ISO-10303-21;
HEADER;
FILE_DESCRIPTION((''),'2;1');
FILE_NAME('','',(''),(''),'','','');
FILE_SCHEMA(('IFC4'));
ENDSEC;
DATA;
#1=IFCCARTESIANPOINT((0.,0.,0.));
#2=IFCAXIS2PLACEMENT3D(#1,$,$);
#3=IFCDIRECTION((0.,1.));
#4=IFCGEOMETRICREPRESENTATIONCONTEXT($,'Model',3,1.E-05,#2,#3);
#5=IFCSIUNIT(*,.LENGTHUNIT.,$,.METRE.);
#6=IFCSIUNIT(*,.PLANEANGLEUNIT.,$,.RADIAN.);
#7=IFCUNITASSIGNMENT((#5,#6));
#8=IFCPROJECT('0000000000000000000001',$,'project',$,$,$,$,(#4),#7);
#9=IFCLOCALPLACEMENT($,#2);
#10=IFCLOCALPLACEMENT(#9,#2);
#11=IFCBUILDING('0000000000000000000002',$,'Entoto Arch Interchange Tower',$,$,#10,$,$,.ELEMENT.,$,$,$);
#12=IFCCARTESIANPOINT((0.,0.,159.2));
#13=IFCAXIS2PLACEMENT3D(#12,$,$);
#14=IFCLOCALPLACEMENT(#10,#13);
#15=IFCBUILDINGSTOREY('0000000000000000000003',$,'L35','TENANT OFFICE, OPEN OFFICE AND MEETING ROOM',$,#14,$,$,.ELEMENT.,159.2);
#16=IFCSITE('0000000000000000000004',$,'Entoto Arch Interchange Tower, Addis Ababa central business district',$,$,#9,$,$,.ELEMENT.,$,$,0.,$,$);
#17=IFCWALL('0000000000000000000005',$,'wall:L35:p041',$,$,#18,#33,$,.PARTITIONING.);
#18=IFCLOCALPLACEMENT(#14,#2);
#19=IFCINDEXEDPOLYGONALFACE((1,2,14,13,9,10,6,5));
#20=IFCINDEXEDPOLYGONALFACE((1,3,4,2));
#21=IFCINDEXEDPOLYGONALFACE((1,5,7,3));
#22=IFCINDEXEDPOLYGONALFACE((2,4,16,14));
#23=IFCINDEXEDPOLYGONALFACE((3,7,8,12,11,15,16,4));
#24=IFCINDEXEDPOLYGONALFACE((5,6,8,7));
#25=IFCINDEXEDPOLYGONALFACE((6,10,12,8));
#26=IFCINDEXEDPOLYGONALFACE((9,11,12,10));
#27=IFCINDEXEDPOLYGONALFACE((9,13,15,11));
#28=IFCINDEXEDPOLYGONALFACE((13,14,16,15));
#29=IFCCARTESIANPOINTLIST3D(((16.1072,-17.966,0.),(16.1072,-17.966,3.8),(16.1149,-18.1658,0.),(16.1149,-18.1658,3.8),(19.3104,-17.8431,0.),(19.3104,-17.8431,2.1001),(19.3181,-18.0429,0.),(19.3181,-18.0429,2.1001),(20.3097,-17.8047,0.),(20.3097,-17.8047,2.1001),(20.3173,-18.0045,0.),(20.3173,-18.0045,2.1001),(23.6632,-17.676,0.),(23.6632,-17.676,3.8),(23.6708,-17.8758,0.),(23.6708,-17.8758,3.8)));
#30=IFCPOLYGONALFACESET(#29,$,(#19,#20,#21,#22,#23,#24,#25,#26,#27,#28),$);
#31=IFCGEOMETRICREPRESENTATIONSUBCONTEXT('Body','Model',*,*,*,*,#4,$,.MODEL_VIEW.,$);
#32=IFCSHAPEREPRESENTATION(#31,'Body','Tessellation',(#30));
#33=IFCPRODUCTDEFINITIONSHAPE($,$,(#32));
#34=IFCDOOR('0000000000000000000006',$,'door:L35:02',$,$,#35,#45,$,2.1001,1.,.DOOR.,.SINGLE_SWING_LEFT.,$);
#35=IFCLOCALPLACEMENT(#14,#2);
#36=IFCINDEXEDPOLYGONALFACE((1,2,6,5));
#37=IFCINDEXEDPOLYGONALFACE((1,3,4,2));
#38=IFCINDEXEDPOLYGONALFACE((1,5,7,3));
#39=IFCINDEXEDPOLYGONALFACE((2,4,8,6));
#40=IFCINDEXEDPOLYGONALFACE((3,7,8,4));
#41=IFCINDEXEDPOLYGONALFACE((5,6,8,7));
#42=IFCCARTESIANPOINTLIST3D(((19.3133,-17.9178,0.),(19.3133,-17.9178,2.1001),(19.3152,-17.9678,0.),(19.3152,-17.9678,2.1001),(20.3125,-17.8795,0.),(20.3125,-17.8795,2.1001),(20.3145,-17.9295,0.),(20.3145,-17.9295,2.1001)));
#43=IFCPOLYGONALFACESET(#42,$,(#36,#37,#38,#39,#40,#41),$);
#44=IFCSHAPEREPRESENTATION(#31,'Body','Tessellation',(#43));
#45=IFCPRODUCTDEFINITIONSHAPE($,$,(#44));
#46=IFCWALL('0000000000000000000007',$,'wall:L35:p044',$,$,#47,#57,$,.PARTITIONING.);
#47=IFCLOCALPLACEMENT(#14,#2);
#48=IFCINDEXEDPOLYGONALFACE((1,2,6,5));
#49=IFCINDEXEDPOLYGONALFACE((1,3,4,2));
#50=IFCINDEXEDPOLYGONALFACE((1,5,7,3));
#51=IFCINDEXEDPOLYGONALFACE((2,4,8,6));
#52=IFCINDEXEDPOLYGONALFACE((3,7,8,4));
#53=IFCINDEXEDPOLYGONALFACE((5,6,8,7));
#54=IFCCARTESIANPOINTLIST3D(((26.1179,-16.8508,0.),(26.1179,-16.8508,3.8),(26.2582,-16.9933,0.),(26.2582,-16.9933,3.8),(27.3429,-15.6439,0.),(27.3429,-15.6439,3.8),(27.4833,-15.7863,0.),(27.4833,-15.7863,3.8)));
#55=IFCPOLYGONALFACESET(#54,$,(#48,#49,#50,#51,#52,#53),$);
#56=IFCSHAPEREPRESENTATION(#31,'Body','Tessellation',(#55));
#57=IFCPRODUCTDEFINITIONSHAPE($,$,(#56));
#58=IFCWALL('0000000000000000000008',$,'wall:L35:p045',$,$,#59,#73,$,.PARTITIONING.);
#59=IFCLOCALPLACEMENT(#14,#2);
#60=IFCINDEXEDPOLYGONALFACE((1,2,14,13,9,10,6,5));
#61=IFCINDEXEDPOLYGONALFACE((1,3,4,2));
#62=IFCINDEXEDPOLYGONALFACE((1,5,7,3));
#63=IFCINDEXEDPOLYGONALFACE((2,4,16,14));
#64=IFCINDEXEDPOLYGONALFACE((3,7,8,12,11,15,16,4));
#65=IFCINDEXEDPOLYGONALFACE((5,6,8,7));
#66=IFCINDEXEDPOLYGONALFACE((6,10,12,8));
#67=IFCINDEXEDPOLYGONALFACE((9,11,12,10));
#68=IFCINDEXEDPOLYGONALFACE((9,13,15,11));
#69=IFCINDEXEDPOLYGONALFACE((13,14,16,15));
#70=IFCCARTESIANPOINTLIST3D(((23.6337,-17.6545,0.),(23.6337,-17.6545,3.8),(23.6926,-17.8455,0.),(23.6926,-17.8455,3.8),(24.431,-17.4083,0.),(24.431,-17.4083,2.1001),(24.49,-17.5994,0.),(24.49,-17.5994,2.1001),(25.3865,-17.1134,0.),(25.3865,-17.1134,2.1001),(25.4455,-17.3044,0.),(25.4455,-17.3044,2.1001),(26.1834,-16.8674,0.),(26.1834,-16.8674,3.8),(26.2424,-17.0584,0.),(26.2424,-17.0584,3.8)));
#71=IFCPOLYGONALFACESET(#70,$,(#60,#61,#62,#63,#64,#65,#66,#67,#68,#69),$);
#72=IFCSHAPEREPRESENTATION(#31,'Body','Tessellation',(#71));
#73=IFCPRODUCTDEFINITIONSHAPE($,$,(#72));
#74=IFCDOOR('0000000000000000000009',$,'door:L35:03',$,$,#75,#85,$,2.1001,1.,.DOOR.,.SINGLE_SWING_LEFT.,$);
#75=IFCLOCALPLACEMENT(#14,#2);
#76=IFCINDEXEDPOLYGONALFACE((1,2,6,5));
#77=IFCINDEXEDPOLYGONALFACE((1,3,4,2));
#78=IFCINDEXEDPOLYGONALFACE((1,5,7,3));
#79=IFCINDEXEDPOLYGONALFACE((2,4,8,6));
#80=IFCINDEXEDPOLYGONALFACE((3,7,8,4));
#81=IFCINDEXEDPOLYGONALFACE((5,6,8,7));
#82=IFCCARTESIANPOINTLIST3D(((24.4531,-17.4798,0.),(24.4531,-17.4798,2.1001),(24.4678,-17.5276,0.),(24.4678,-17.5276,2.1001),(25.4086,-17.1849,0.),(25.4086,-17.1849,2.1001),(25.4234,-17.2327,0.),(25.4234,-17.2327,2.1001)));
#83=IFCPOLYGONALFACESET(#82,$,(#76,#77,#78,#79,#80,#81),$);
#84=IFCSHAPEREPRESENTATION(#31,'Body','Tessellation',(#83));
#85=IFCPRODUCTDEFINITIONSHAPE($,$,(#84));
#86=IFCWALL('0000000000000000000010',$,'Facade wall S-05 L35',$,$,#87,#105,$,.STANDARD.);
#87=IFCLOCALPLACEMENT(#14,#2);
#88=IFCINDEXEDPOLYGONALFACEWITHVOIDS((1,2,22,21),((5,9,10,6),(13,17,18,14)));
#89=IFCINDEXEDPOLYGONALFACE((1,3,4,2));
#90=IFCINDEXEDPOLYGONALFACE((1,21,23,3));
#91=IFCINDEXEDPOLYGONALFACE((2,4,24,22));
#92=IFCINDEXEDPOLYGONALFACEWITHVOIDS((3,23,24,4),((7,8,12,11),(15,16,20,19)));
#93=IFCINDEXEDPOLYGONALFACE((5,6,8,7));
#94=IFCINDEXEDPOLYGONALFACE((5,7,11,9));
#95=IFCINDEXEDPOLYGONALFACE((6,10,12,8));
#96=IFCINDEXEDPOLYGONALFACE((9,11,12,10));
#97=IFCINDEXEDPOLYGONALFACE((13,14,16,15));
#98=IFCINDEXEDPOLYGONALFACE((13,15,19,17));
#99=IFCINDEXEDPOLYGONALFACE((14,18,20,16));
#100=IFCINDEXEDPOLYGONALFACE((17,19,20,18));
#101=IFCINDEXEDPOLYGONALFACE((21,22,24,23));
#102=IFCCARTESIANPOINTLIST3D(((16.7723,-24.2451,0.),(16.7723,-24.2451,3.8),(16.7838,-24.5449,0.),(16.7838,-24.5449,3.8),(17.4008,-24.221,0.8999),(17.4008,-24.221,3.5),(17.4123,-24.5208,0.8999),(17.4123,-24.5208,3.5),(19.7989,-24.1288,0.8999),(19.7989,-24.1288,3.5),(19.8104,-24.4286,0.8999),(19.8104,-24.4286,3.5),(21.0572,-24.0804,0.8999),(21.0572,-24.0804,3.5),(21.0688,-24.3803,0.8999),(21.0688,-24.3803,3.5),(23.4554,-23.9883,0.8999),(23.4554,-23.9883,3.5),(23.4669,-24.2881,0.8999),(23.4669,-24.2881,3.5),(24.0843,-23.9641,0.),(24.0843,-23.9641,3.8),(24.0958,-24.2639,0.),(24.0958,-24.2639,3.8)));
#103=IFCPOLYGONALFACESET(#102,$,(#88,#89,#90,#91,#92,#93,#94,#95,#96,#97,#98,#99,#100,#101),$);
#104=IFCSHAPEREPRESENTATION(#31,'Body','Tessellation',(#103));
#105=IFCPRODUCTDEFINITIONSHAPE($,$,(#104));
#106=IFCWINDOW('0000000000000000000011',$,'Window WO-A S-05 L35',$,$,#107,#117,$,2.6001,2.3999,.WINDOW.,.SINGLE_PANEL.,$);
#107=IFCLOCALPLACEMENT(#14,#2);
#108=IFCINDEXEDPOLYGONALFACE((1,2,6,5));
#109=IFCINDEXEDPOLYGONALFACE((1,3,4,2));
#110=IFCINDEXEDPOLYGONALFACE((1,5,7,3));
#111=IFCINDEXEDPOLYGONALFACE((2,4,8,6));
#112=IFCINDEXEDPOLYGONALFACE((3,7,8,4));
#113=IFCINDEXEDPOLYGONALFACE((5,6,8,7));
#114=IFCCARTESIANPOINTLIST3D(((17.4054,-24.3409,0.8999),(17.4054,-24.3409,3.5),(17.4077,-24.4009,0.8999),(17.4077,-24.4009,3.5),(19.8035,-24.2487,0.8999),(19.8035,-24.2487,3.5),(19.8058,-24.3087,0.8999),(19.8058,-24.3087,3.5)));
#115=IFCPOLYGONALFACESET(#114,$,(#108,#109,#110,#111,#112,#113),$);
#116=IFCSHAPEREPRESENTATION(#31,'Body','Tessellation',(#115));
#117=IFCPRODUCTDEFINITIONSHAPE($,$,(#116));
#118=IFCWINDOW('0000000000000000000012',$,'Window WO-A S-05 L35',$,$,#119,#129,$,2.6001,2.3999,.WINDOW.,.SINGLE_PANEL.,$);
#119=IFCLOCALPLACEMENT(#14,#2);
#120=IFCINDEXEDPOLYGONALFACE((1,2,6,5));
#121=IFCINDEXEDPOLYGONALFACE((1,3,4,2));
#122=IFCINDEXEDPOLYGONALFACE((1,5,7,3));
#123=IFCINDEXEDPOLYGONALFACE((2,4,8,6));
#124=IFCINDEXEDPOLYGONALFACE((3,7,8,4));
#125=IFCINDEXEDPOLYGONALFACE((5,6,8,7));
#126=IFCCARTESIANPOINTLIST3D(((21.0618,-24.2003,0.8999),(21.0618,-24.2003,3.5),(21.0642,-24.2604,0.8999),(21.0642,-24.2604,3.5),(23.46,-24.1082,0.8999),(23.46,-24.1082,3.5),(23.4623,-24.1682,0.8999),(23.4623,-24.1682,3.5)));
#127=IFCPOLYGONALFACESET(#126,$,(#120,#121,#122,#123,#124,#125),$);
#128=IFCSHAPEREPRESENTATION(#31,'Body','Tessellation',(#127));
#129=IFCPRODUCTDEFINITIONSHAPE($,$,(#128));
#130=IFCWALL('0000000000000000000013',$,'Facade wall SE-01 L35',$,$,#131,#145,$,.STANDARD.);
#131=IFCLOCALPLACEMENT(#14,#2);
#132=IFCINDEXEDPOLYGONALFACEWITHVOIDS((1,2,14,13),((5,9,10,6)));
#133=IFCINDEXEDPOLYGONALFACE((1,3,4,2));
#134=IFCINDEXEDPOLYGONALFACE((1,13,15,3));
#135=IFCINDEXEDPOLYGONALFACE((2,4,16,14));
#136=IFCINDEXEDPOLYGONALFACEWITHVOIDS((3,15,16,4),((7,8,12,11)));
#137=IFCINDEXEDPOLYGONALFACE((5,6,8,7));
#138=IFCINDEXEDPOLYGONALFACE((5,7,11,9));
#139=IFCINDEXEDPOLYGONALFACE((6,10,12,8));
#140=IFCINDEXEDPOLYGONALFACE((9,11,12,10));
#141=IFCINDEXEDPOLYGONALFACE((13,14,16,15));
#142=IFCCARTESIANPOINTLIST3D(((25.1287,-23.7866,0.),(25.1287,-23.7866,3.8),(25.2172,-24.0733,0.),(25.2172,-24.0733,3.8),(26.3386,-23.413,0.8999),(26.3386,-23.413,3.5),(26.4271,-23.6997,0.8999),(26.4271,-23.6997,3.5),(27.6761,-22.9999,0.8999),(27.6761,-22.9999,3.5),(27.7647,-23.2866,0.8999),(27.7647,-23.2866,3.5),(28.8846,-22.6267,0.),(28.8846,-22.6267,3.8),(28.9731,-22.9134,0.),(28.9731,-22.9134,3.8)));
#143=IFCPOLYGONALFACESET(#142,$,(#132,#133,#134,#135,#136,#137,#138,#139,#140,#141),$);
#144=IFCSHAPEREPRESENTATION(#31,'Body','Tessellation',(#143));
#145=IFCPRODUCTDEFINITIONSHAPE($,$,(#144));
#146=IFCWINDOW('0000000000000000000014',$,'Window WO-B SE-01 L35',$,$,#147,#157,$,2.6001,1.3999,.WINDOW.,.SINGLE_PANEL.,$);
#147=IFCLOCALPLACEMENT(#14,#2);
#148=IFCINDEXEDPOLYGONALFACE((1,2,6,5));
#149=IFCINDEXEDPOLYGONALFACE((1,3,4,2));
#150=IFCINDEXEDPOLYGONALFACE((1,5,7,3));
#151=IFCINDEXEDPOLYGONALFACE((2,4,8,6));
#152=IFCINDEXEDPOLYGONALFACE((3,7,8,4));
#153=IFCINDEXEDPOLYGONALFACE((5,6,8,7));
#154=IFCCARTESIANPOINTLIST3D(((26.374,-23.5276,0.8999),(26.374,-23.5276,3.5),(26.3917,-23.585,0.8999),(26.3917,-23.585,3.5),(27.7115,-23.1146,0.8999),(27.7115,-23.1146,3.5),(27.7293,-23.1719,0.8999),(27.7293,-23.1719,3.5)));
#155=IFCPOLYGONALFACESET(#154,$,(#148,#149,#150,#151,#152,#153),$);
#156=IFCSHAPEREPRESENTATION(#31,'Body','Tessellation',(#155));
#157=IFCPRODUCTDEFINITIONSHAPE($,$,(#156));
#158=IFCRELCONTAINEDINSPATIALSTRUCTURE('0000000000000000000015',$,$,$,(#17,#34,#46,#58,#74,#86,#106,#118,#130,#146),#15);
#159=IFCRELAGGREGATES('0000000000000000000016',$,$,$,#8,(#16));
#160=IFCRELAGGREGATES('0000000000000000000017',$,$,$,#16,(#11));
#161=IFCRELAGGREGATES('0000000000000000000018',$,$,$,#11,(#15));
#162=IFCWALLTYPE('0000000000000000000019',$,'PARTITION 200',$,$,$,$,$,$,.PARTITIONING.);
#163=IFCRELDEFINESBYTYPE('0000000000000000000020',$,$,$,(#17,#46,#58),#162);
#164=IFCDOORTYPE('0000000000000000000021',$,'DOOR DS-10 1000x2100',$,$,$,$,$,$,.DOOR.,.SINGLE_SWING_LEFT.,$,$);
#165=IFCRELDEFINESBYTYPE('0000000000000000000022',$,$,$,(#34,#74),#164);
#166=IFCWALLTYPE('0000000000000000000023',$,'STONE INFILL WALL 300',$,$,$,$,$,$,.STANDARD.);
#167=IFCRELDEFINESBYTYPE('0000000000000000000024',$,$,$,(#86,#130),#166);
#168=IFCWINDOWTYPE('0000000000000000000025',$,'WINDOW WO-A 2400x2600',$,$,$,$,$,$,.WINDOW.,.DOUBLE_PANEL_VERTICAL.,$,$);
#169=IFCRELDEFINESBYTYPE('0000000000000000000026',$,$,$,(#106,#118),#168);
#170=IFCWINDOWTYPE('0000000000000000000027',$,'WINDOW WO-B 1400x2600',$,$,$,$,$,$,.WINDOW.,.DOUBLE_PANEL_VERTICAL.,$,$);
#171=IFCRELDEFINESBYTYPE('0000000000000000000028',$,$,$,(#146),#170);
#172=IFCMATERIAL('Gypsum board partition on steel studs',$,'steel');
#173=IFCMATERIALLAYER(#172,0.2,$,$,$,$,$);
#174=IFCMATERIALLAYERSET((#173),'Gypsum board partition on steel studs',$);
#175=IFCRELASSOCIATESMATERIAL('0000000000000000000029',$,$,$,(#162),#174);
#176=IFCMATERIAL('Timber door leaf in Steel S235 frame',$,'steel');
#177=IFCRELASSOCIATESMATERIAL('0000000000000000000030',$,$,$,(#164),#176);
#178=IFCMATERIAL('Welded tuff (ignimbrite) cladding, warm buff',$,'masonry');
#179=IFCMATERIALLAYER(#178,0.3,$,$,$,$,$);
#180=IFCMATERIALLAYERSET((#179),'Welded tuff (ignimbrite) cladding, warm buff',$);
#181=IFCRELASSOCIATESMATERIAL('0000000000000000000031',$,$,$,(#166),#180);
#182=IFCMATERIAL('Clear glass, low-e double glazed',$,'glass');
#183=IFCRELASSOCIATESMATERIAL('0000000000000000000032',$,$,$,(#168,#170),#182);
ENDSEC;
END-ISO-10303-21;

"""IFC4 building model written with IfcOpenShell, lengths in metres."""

from ifc_helpers import new_model, si_unit, direction, frame, frame_2d, origin, place, context, subcontext, project, spatial, rectangle, extrude, material, layer, layer_set, type_object, element, fill, save


model = new_model("IFC4")

# Units and contexts
model_context = context("Model", 3, precision=1e-05, world=origin(), true_north=direction((0.0, 1.0)))
body_context = subcontext(model_context, "Body", "Model", "MODEL_VIEW")
ifc_project = project(units=[si_unit("LENGTHUNIT", "METRE"), si_unit("PLANEANGLEUNIT", "RADIAN")], contexts=[model_context])

# Site, building, storey
site_placement = place(None, origin())
site = spatial("IfcSite", under=ifc_project, at=site_placement, Name="Entoto Arch Interchange Tower, Addis Ababa central business district", CompositionType="ELEMENT", RefElevation=0.0)
building_placement = place(site_placement, origin())
building = spatial("IfcBuilding", under=site, at=building_placement, Name="Entoto Arch Interchange Tower", CompositionType="ELEMENT")
storey_placement = place(building_placement, frame((0.0, 0.0, 159.2)))
storey = spatial("IfcBuildingStorey", under=building, at=storey_placement, Name="L35", Description="TENANT OFFICE, OPEN OFFICE AND MEETING ROOM", CompositionType="ELEMENT", Elevation=159.2)

# Shared definitions
ifc_material_1 = material(Name="Gypsum board partition on steel studs", Category="steel")
ifc_layer_1 = layer(ifc_material_1, 0.2)
ifc_layer_set_1 = layer_set([ifc_layer_1], Name="Gypsum board partition on steel studs")
wall_type_1 = type_object("IfcWallType", Name="PARTITION 200", PredefinedType="PARTITIONING", material=ifc_layer_set_1)

# Wall, opening, door
ifc_material_2 = material(Name="Timber door leaf in Steel S235 frame", Category="steel")
door_type = type_object("IfcDoorType", Name="DOOR DS-10 1000x2100", OperationType="SINGLE_SWING_LEFT", PredefinedType="DOOR", material=ifc_material_2)
wall_1_placement = place(storey_placement, frame((23.667, -17.7759, 0.0), z_axis=(0.0, 0.0, 1.0), x_axis=(-0.999264, -0.038357, 0.0)))
wall_1 = element("IfcWall", 1, at=wall_1_placement, inside=storey, type_object=wall_type_1, Name="wall:L35:p041", PredefinedType="PARTITIONING", context=body_context, shape_type="SweptSolid", body=[
    extrude(rectangle(XDim=7.5615, YDim=0.2, at=frame_2d((3.7808, 0.0))), origin(), (0.0, 0.0, 1.0), 3.8),
])
opening_1_placement = place(wall_1_placement, frame((3.356, 0.0, 0.0)))
opening_1 = element("IfcOpeningElement", 2, at=opening_1_placement, cuts=wall_1, PredefinedType="OPENING", context=body_context, shape_type="SweptSolid", body=[
    extrude(rectangle(XDim=1.0, YDim=2.1001, at=frame_2d((0.5, 1.05))), frame((0.0, 0.1099, 0.0), z_axis=(0.0, -1.0, 0.0), x_axis=(1.0, 0.0, 0.0)), (0.0, 0.0, 1.0), 0.22),
])
door_1_placement = place(opening_1_placement, origin())
door_1 = element("IfcDoor", 3, at=door_1_placement, inside=storey, type_object=door_type, Name="door:L35:02", OperationType="SINGLE_SWING_LEFT", OverallHeight=2.1001, OverallWidth=1.0, PredefinedType="DOOR", context=body_context, shape_type="SweptSolid", body=[
    extrude(rectangle(XDim=1.0, YDim=2.1001, at=frame_2d((0.5, 1.05))), frame((0.0, 0.0249, 0.0), z_axis=(0.0, -1.0, 0.0), x_axis=(1.0, 0.0, 0.0)), (0.0, 0.0, 1.0), 0.05),
])
fill(opening_1, door_1)

# Wall
wall_2_placement = place(storey_placement, frame((27.4131, -15.7151, 0.0), z_axis=(0.0, 0.0, 1.0), x_axis=(-0.71234, -0.701835, 0.0)))
element("IfcWall", 4, at=wall_2_placement, inside=storey, type_object=wall_type_1, Name="wall:L35:p044", PredefinedType="PARTITIONING", context=body_context, shape_type="SweptSolid", body=[
    extrude(rectangle(XDim=1.7197, YDim=0.2, at=frame_2d((0.8599, 0.0))), origin(), (0.0, 0.0, 1.0), 3.8),
])

# Wall, opening, door
wall_3_placement = place(storey_placement, frame((26.2129, -16.9629, 0.0), z_axis=(0.0, 0.0, 1.0), x_axis=(-0.95551, -0.29496, 0.0)))
wall_3 = element("IfcWall", 5, at=wall_3_placement, inside=storey, type_object=wall_type_1, Name="wall:L35:p045", PredefinedType="PARTITIONING", context=body_context, shape_type="SweptSolid", body=[
    extrude(rectangle(XDim=2.6685, YDim=0.2, at=frame_2d((1.3342, 0.0))), origin(), (0.0, 0.0, 1.0), 3.8),
])
opening_2_placement = place(wall_3_placement, frame((0.834, 0.0, 0.0)))
opening_2 = element("IfcOpeningElement", 6, at=opening_2_placement, cuts=wall_3, PredefinedType="OPENING", context=body_context, shape_type="SweptSolid", body=[
    extrude(rectangle(XDim=1.0, YDim=2.1001, at=frame_2d((0.5, 1.05))), frame((0.0, 0.1099, 0.0), z_axis=(0.0, -1.0, 0.0), x_axis=(1.0, 0.0, 0.0)), (0.0, 0.0, 1.0), 0.22),
])
door_2_placement = place(opening_2_placement, origin())
door_2 = element("IfcDoor", 7, at=door_2_placement, inside=storey, type_object=door_type, Name="door:L35:03", OperationType="SINGLE_SWING_LEFT", OverallHeight=2.1001, OverallWidth=1.0, PredefinedType="DOOR", context=body_context, shape_type="SweptSolid", body=[
    extrude(rectangle(XDim=1.0, YDim=2.1001, at=frame_2d((0.5, 1.05))), frame((0.0, 0.0249, 0.0), z_axis=(0.0, -1.0, 0.0), x_axis=(1.0, 0.0, 0.0)), (0.0, 0.0, 1.0), 0.05),
])
fill(opening_2, door_2)

# Wall, openings, windows
ifc_material_3 = material(Name="Welded tuff (ignimbrite) cladding, warm buff", Category="masonry")
ifc_layer_2 = layer(ifc_material_3, 0.3)
ifc_layer_set_2 = layer_set([ifc_layer_2], Name="Welded tuff (ignimbrite) cladding, warm buff")
wall_type_2 = type_object("IfcWallType", Name="STONE INFILL WALL 300", PredefinedType="STANDARD", material=ifc_layer_set_2)
wall_4_placement = place(storey_placement, frame((16.7781, -24.395, 0.0), z_axis=(0.0, 0.0, 1.0), x_axis=(0.999262, 0.038402, 0.0)))
wall_4 = element("IfcWall", 8, at=wall_4_placement, inside=storey, type_object=wall_type_2, Name="Facade wall S-05 L35", PredefinedType="STANDARD", context=body_context, shape_type="SweptSolid", body=[
    extrude(rectangle(XDim=7.3174, YDim=0.3, at=frame_2d((3.6587, 0.0))), origin(), (0.0, 0.0, 1.0), 3.8),
])
opening_3_placement = place(wall_4_placement, frame((0.6289, 0.0, 0.8999)))
opening_3 = element("IfcOpeningElement", 9, at=opening_3_placement, cuts=wall_4, PredefinedType="OPENING", context=body_context, shape_type="SweptSolid", body=[
    extrude(rectangle(XDim=2.3999, YDim=2.6001, at=frame_2d((1.2, 1.3))), frame((0.0, 0.1602, 0.0), z_axis=(0.0, -1.0, 0.0), x_axis=(1.0, 0.0, 0.0)), (0.0, 0.0, 1.0), 0.3201),
])
opening_4_placement = place(wall_4_placement, frame((4.2881, 0.0, 0.8999)))
opening_4 = element("IfcOpeningElement", 10, at=opening_4_placement, cuts=wall_4, PredefinedType="OPENING", context=body_context, shape_type="SweptSolid", body=[
    extrude(rectangle(XDim=2.3999, YDim=2.6001, at=frame_2d((1.2, 1.3))), frame((0.0, 0.1602, 0.0), z_axis=(0.0, -1.0, 0.0), x_axis=(1.0, 0.0, 0.0)), (0.0, 0.0, 1.0), 0.3201),
])
ifc_material_4 = material(Name="Clear glass, low-e double glazed", Category="glass")
window_type_1 = type_object("IfcWindowType", Name="WINDOW WO-A 2400x2600", PartitioningType="DOUBLE_PANEL_VERTICAL", PredefinedType="WINDOW", material=ifc_material_4)
window_1_placement = place(opening_3_placement, origin())
window_1 = element("IfcWindow", 11, at=window_1_placement, inside=storey, type_object=window_type_1, Name="Window WO-A S-05 L35", OverallHeight=2.6001, OverallWidth=2.3999, PartitioningType="SINGLE_PANEL", PredefinedType="WINDOW", context=body_context, shape_type="SweptSolid", body=[
    extrude(rectangle(XDim=2.3999, YDim=2.6001, at=frame_2d((1.2, 1.3))), frame((0.0, 0.03, 0.0), z_axis=(0.0, -1.0, 0.0), x_axis=(1.0, 0.0, 0.0)), (0.0, 0.0, 1.0), 0.0601),
])
fill(opening_3, window_1)
window_2_placement = place(opening_4_placement, origin())
window_2 = element("IfcWindow", 12, at=window_2_placement, inside=storey, type_object=window_type_1, Name="Window WO-A S-05 L35", OverallHeight=2.6001, OverallWidth=2.3999, PartitioningType="SINGLE_PANEL", PredefinedType="WINDOW", context=body_context, shape_type="SweptSolid", body=[
    extrude(rectangle(XDim=2.3999, YDim=2.6001, at=frame_2d((1.2, 1.3))), frame((0.0, 0.03, 0.0), z_axis=(0.0, -1.0, 0.0), x_axis=(1.0, 0.0, 0.0)), (0.0, 0.0, 1.0), 0.0601),
])
fill(opening_4, window_2)

# Wall, opening, window
wall_5_placement = place(storey_placement, frame((25.1731, -23.9299, 0.0), z_axis=(0.0, 0.0, 1.0), x_axis=(0.955474, 0.295076, 0.0)))
wall_5 = element("IfcWall", 13, at=wall_5_placement, inside=storey, type_object=wall_type_2, Name="Facade wall SE-01 L35", PredefinedType="STANDARD", context=body_context, shape_type="SweptSolid", body=[
    extrude(rectangle(XDim=3.9309, YDim=0.3, at=frame_2d((1.9653, 0.0))), origin(), (0.0, 0.0, 1.0), 3.8),
])
opening_5_placement = place(wall_5_placement, frame((1.2661, 0.0, 0.8999)))
opening_5 = element("IfcOpeningElement", 14, at=opening_5_placement, cuts=wall_5, PredefinedType="OPENING", context=body_context, shape_type="SweptSolid", body=[
    extrude(rectangle(XDim=1.3999, YDim=2.6001, at=frame_2d((0.7, 1.3))), frame((0.0, 0.1602, 0.0), z_axis=(0.0, -1.0, 0.0), x_axis=(1.0, 0.0, 0.0)), (0.0, 0.0, 1.0), 0.3201),
])
window_type_2 = type_object("IfcWindowType", Name="WINDOW WO-B 1400x2600", PartitioningType="DOUBLE_PANEL_VERTICAL", PredefinedType="WINDOW", material=ifc_material_4)
window_3_placement = place(opening_5_placement, origin())
window_3 = element("IfcWindow", 15, at=window_3_placement, inside=storey, type_object=window_type_2, Name="Window WO-B SE-01 L35", OverallHeight=2.6001, OverallWidth=1.3999, PartitioningType="SINGLE_PANEL", PredefinedType="WINDOW", context=body_context, shape_type="SweptSolid", body=[
    extrude(rectangle(XDim=1.3999, YDim=2.6001, at=frame_2d((0.7, 1.3))), frame((0.0, 0.03, 0.0), z_axis=(0.0, -1.0, 0.0), x_axis=(1.0, 0.0, 0.0)), (0.0, 0.0, 1.0), 0.0601),
])
fill(opening_5, window_3)

save(model, "model.ifc")
